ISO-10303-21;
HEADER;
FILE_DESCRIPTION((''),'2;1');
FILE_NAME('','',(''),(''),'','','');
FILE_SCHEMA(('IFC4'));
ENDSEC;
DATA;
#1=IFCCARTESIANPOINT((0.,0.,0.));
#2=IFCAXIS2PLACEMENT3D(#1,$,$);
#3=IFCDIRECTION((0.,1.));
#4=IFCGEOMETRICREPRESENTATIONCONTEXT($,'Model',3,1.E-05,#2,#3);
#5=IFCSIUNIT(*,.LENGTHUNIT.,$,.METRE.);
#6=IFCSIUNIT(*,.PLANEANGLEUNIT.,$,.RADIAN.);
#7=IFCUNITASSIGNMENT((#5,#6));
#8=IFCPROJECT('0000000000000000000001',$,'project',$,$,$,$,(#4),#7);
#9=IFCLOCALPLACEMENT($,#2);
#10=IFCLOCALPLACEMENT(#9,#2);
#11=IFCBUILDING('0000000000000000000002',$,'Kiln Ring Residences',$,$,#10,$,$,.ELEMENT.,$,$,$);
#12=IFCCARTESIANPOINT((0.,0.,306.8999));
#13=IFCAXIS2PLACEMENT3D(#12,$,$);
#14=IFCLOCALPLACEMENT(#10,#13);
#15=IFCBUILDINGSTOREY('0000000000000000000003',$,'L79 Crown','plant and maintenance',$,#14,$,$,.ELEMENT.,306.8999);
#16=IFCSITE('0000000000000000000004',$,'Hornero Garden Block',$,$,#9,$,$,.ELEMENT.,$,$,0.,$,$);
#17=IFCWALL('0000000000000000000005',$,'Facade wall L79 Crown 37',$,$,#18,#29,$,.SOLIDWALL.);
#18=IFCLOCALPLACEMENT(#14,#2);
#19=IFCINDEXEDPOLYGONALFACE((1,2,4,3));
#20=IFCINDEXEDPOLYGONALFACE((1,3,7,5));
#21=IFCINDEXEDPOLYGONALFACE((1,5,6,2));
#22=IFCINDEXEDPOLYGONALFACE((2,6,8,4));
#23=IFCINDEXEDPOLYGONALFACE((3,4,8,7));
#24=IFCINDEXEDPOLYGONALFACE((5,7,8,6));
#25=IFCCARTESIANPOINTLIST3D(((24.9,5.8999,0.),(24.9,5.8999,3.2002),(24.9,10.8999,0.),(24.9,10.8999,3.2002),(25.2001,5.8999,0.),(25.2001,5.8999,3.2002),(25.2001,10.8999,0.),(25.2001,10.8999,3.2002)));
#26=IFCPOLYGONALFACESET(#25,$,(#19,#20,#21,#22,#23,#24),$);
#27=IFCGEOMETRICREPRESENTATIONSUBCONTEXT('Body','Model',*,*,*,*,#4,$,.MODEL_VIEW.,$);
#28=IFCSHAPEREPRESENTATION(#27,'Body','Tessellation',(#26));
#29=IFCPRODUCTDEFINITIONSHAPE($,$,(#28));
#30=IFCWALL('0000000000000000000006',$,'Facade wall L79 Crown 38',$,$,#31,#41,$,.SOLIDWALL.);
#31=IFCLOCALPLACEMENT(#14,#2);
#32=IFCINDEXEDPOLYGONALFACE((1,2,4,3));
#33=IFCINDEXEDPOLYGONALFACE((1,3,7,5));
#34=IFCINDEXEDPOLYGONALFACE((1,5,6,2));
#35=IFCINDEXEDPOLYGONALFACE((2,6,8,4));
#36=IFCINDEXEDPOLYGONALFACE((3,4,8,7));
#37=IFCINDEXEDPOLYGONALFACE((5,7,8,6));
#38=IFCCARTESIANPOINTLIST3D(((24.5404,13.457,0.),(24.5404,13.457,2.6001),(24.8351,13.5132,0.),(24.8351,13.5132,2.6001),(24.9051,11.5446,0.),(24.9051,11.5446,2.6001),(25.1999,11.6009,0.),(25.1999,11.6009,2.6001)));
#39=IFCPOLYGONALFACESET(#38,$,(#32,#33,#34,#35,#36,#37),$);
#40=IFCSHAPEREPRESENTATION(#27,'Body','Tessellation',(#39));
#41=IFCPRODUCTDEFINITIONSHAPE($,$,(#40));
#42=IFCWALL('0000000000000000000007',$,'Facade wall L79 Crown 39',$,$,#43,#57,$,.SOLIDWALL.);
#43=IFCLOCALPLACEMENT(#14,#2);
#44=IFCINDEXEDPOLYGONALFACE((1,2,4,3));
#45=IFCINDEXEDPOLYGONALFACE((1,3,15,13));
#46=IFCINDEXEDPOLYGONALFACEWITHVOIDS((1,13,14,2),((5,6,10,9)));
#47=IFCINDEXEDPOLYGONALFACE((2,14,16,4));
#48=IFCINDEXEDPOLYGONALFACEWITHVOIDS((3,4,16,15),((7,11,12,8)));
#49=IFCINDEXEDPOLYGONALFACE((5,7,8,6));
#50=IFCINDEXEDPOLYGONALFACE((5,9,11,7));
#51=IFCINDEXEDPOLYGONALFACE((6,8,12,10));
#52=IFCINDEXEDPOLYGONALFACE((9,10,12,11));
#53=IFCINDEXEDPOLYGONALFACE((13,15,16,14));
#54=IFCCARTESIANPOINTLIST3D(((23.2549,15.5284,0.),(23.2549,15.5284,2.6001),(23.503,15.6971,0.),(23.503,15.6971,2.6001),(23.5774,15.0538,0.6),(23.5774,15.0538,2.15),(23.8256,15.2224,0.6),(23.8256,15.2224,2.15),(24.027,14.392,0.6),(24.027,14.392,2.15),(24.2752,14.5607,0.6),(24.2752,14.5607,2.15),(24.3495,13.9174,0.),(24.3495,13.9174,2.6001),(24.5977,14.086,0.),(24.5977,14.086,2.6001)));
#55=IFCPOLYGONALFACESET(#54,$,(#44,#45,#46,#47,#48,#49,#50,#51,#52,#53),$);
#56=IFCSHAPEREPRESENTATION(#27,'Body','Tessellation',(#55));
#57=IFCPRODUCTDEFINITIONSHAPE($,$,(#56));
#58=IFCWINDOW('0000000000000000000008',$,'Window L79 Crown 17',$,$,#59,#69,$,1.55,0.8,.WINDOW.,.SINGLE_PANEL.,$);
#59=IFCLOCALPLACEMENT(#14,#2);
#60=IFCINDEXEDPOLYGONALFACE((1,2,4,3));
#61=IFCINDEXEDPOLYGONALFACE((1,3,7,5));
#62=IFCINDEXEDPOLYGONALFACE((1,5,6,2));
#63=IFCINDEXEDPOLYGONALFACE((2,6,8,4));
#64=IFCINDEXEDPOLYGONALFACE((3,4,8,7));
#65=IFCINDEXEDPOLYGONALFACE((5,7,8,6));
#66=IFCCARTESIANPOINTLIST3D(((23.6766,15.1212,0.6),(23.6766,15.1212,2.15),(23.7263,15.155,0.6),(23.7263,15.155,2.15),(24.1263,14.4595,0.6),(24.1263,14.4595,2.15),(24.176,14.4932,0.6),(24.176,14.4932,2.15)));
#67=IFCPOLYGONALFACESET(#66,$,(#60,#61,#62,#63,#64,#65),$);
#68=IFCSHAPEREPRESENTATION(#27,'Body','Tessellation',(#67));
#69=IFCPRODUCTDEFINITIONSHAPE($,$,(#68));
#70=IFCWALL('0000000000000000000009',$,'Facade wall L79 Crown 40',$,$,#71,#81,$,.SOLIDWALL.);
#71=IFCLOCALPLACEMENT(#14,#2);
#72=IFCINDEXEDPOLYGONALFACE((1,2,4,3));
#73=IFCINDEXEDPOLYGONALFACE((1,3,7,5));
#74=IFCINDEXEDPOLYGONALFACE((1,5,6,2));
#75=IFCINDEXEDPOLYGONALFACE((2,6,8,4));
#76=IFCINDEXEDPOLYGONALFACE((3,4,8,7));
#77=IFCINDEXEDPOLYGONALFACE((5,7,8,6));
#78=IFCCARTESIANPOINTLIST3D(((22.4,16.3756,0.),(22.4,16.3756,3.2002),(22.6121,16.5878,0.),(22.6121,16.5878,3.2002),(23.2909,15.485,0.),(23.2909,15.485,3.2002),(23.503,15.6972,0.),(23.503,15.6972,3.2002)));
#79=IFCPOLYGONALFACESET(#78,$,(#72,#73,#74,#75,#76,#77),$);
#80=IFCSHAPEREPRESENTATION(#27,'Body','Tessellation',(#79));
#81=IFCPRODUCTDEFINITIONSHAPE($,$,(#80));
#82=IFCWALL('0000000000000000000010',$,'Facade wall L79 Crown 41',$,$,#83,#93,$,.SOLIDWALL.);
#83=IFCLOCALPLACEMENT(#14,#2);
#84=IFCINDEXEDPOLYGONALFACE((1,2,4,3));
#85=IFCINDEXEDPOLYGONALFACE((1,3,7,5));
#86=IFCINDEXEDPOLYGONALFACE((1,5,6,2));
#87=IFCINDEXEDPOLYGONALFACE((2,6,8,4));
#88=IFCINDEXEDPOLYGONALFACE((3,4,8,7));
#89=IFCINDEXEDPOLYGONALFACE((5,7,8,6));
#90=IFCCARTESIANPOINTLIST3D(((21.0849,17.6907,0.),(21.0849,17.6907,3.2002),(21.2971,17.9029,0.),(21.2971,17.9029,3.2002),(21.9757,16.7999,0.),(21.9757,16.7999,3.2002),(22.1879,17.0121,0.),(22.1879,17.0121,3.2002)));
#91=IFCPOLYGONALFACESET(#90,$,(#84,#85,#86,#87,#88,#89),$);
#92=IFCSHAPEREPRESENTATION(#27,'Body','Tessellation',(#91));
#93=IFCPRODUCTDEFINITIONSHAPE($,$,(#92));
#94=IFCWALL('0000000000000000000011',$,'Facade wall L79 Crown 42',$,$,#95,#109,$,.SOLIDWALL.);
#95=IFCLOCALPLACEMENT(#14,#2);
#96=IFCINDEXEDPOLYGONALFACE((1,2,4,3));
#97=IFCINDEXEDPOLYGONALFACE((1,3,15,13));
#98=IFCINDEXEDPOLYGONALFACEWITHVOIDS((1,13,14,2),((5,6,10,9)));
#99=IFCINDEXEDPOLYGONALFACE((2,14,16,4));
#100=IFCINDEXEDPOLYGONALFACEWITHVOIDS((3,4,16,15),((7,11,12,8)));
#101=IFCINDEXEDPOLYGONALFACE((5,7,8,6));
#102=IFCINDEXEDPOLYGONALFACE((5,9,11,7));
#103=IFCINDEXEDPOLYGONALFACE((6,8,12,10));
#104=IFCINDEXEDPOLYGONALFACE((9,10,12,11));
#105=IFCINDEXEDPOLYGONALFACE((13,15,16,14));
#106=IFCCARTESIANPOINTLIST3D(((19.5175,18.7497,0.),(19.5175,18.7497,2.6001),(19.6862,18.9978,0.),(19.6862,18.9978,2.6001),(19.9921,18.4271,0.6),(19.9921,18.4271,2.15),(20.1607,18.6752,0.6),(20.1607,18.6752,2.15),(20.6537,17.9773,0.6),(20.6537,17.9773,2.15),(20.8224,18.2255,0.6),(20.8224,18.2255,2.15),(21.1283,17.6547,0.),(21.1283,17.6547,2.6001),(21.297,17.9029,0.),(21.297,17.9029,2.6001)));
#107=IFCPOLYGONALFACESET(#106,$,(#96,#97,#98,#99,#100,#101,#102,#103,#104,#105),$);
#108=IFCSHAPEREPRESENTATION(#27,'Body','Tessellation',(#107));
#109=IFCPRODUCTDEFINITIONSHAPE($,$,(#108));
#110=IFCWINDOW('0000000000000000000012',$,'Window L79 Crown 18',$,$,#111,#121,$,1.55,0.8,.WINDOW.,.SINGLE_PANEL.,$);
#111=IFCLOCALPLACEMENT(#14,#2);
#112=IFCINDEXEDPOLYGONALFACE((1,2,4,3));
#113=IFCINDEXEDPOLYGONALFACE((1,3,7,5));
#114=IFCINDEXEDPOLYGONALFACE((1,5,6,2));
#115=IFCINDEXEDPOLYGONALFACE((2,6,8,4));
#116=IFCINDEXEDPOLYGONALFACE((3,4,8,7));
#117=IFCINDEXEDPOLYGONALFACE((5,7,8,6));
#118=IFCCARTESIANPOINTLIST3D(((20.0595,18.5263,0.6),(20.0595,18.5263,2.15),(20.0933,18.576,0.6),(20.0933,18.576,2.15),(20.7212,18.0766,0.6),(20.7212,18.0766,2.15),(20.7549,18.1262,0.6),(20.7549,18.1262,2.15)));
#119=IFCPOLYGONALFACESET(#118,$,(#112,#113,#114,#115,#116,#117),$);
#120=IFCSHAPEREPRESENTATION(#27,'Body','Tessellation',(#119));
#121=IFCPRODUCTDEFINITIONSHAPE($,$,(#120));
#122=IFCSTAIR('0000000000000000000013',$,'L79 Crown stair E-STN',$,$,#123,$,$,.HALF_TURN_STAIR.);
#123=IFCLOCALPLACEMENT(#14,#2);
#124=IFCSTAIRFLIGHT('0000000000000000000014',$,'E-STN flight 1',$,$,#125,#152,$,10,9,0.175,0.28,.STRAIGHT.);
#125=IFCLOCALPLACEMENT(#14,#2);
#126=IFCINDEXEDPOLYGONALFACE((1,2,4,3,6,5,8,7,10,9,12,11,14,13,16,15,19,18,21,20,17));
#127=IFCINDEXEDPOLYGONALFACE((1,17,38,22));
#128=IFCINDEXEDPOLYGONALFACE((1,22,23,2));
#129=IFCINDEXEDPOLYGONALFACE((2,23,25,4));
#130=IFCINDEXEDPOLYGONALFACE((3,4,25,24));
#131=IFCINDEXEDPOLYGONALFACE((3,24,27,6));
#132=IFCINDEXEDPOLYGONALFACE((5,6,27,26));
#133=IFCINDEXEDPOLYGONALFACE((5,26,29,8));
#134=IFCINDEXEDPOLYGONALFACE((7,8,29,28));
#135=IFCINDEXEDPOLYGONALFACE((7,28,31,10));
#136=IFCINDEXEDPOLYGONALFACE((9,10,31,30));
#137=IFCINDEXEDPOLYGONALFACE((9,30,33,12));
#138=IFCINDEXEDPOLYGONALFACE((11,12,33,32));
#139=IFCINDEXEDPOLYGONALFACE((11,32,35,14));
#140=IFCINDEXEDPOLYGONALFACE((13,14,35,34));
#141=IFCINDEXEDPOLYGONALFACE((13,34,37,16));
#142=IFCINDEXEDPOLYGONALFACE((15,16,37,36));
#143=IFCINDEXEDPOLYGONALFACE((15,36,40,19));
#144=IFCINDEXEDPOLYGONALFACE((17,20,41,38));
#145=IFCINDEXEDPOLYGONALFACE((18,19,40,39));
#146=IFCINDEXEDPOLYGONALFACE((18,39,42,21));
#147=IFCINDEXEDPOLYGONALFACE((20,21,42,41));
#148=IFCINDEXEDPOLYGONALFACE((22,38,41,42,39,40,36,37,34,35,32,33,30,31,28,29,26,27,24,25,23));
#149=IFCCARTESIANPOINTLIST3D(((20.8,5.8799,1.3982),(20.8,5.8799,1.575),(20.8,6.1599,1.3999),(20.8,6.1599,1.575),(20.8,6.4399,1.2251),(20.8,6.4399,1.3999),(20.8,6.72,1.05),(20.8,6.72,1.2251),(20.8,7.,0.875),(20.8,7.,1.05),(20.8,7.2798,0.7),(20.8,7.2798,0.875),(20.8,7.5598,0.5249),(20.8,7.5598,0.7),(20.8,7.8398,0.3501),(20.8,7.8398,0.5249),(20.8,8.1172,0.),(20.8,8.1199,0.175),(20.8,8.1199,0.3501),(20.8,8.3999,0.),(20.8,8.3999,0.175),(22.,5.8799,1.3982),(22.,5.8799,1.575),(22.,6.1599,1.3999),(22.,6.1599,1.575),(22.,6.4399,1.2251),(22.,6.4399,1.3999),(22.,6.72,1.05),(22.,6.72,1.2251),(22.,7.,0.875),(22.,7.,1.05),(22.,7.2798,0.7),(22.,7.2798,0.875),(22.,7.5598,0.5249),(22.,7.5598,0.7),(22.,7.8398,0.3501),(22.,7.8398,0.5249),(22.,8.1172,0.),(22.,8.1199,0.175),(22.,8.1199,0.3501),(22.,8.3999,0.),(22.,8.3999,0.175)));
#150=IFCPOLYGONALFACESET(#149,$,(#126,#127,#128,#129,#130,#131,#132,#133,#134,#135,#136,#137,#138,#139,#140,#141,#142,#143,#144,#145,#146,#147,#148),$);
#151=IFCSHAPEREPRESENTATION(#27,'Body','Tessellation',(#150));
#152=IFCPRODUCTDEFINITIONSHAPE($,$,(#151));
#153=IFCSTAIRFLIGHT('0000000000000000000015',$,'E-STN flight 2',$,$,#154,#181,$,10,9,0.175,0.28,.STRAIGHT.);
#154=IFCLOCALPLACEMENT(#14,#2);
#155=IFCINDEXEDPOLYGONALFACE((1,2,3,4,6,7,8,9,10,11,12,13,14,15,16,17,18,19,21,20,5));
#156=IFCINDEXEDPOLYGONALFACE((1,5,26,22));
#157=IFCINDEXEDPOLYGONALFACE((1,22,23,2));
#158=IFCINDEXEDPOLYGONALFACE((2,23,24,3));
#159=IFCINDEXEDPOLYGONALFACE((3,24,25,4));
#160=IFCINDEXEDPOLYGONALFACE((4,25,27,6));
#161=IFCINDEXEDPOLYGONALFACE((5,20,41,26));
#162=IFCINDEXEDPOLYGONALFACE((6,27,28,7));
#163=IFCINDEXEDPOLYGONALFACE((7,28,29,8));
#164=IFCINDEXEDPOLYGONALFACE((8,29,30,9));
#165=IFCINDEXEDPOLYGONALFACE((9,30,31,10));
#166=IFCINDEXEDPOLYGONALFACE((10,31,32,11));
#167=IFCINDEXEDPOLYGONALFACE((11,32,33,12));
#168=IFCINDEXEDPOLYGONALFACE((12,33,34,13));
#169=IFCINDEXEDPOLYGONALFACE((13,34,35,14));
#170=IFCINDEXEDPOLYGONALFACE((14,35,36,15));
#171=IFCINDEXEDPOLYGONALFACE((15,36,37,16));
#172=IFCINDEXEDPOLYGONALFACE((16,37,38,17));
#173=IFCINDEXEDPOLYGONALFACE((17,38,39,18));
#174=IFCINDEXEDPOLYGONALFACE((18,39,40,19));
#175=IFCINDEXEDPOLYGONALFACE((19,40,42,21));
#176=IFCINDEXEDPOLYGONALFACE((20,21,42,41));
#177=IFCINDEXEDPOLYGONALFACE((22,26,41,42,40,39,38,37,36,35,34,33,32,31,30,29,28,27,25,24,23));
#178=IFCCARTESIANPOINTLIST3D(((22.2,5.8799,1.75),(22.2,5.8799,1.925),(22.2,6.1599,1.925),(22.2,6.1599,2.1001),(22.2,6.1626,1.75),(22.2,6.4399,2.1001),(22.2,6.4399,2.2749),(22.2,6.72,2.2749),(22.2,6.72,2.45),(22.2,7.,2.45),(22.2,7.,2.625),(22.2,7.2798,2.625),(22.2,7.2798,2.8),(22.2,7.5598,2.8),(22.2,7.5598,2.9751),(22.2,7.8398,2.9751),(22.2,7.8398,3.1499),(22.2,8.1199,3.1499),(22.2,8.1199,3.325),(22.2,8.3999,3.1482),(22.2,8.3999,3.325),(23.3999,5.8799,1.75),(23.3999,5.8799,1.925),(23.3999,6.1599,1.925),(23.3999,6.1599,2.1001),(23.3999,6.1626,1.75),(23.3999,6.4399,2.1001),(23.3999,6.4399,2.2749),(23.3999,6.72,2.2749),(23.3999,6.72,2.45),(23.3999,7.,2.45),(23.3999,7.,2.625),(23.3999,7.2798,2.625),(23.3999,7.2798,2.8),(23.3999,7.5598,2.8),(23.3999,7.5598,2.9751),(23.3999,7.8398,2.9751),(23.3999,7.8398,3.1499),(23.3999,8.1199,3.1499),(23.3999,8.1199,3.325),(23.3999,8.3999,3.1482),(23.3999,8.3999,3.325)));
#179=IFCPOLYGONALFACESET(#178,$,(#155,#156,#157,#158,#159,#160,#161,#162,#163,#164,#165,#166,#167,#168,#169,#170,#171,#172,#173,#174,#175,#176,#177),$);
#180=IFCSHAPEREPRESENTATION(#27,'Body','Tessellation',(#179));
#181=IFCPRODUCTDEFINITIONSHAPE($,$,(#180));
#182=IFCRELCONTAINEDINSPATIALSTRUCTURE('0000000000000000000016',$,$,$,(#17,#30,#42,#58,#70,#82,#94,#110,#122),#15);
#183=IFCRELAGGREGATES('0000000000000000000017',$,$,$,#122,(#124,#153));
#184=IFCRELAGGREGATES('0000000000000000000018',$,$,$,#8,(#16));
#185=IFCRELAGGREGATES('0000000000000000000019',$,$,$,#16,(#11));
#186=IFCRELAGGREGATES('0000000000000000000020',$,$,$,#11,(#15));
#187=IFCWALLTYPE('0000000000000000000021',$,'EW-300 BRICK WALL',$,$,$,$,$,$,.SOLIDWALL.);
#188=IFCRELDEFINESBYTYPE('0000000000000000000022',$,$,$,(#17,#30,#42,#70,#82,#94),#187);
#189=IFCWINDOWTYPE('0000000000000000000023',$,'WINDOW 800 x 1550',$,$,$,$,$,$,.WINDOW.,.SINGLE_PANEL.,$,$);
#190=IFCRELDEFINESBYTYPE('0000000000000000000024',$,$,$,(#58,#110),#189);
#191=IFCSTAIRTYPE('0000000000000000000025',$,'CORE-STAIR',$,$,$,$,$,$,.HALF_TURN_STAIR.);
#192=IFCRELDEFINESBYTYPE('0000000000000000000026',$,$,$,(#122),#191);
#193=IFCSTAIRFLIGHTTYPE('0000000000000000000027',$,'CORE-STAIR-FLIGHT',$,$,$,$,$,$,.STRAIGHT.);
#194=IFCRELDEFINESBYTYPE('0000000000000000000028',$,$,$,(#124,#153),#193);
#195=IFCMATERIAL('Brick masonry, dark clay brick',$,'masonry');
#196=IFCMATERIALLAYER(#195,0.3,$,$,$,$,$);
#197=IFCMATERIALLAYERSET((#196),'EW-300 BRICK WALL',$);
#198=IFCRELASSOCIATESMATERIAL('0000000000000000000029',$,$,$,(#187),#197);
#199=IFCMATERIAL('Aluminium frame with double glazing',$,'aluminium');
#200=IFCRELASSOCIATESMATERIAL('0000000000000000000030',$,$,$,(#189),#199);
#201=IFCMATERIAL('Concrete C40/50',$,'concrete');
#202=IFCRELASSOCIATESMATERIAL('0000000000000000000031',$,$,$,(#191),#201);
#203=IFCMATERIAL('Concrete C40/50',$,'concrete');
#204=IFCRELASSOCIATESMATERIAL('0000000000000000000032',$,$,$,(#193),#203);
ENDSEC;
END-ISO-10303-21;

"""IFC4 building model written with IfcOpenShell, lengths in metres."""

from ifc_helpers import new_model, si_unit, direction, frame, frame_2d, origin, place, context, subcontext, project, spatial, polyline, rectangle, outline, extrude, material, layer, layer_set, type_object, element, fill, aggregate, save


model = new_model("IFC4")

# Units and contexts
model_context = context("Model", 3, precision=1e-05, world=origin(), true_north=direction((0.0, 1.0)))
body_context = subcontext(model_context, "Body", "Model", "MODEL_VIEW")
ifc_project = project(units=[si_unit("LENGTHUNIT", "METRE"), si_unit("PLANEANGLEUNIT", "RADIAN")], contexts=[model_context])

# Site, building, storey
site_placement = place(None, origin())
site = spatial("IfcSite", under=ifc_project, at=site_placement, Name="Hornero Garden Block", CompositionType="ELEMENT", RefElevation=0.0)
building_placement = place(site_placement, origin())
building = spatial("IfcBuilding", under=site, at=building_placement, Name="Kiln Ring Residences", CompositionType="ELEMENT")
storey_placement = place(building_placement, frame((0.0, 0.0, 306.8999)))
storey = spatial("IfcBuildingStorey", under=building, at=storey_placement, Name="L79 Crown", Description="plant and maintenance", CompositionType="ELEMENT", Elevation=306.8999)

# Walls
ifc_material_1 = material(Name="Brick masonry, dark clay brick", Category="masonry")
ifc_layer_1 = layer(ifc_material_1, 0.3)
ifc_layer_set_1 = layer_set([ifc_layer_1], Name="EW-300 BRICK WALL")
wall_type_1 = type_object("IfcWallType", Name="EW-300 BRICK WALL", PredefinedType="SOLIDWALL", material=ifc_layer_set_1)
wall_1_placement = place(storey_placement, frame((25.05, 5.8999, 0.0), z_axis=(0.0, 0.0, 1.0), x_axis=(0.0, 1.0, 0.0)))
element("IfcWall", 1, at=wall_1_placement, inside=storey, type_object=wall_type_1, Name="Facade wall L79 Crown 37", PredefinedType="SOLIDWALL", context=body_context, shape_type="SweptSolid", body=[
    extrude(rectangle(XDim=5.0, YDim=0.3, at=frame_2d((2.5, 0.0))), origin(), (0.0, 0.0, 1.0), 3.2002),
])
wall_2_placement = place(storey_placement, frame((25.0525, 11.5728, 0.0), z_axis=(0.0, 0.0, 1.0), x_axis=(-0.187354, 0.982292, 0.0)))
element("IfcWall", 2, at=wall_2_placement, inside=storey, type_object=wall_type_1, Name="Facade wall L79 Crown 38", PredefinedType="SOLIDWALL", context=body_context, shape_type="SweptSolid", body=[
    extrude(rectangle(XDim=1.9468, YDim=0.3, at=frame_2d((0.9734, 0.0))), origin(), (0.0, 0.0, 1.0), 2.6001),
])

# Wall, opening, window
wall_3_placement = place(storey_placement, frame((24.4736, 14.0017, 0.0), z_axis=(0.0, 0.0, 1.0), x_axis=(-0.562025, 0.82712, 0.0)))
wall_3 = element("IfcWall", 3, at=wall_3_placement, inside=storey, type_object=wall_type_1, Name="Facade wall L79 Crown 39", PredefinedType="SOLIDWALL", context=body_context, shape_type="SweptSolid", body=[
    extrude(rectangle(XDim=1.9478, YDim=0.3, at=frame_2d((0.9739, 0.0))), origin(), (0.0, 0.0, 1.0), 2.6001),
])
opening_1_placement = place(wall_3_placement, frame((0.574, 0.0, 0.6001)))
opening_1 = element("IfcOpeningElement", 4, at=opening_1_placement, cuts=wall_3, PredefinedType="OPENING", context=body_context, shape_type="SweptSolid", body=[
    extrude(rectangle(XDim=0.8, YDim=1.55, at=frame_2d((0.3999, 0.7749))), frame((0.0, 0.1599, 0.0), z_axis=(0.0, -1.0, 0.0), x_axis=(1.0, 0.0, 0.0)), (0.0, 0.0, 1.0), 0.3201),
])
ifc_material_2 = material(Name="Aluminium frame with double glazing", Category="aluminium")
window_type = type_object("IfcWindowType", Name="WINDOW 800 x 1550", PartitioningType="SINGLE_PANEL", PredefinedType="WINDOW", material=ifc_material_2)
window_1_placement = place(opening_1_placement, origin())
window_1 = element("IfcWindow", 5, at=window_1_placement, inside=storey, type_object=window_type, Name="Window L79 Crown 17", OverallHeight=1.55, OverallWidth=0.8, PartitioningType="SINGLE_PANEL", PredefinedType="WINDOW", context=body_context, shape_type="SweptSolid", body=[
    extrude(rectangle(XDim=0.8, YDim=1.55, at=frame_2d((0.3999, 0.7749))), frame((0.0, 0.03, 0.0), z_axis=(0.0, -1.0, 0.0), x_axis=(1.0, 0.0, 0.0)), (0.0, 0.0, 1.0), 0.0601),
])
fill(opening_1, window_1)

# Walls
for number, where, z_axis, x_axis, name in (
    (6, (23.397, 15.5911, 0.0), (0.0, 0.0, 1.0), (-0.707204, 0.70701, 0.0), "Facade wall L79 Crown 40"),
    (7, (22.0818, 16.906, 0.0), (0.0, 0.0, 1.0), (-0.707107, 0.707107, 0.0), "Facade wall L79 Crown 41"),
):
    element("IfcWall", number, at=place(storey_placement, frame(where, z_axis=z_axis, x_axis=x_axis)), inside=storey, type_object=wall_type_1, Name=name, PredefinedType="SOLIDWALL", context=body_context, shape_type="SweptSolid", body=[
        extrude(rectangle(XDim=1.2598, YDim=0.3, at=frame_2d((0.6299, 0.0))), origin(), (0.0, 0.0, 1.0), 3.2002),
    ])

# Wall, opening, window
wall_4_placement = place(storey_placement, frame((21.2126, 17.7788, 0.0), z_axis=(0.0, 0.0, 1.0), x_axis=(-0.827022, 0.562169, 0.0)))
wall_4 = element("IfcWall", 8, at=wall_4_placement, inside=storey, type_object=wall_type_1, Name="Facade wall L79 Crown 42", PredefinedType="SOLIDWALL", context=body_context, shape_type="SweptSolid", body=[
    extrude(rectangle(XDim=1.9478, YDim=0.3, at=frame_2d((0.9739, 0.0))), origin(), (0.0, 0.0, 1.0), 2.6001),
])
opening_2_placement = place(wall_4_placement, frame((0.574, 0.0, 0.6001)))
opening_2 = element("IfcOpeningElement", 9, at=opening_2_placement, cuts=wall_4, PredefinedType="OPENING", context=body_context, shape_type="SweptSolid", body=[
    extrude(rectangle(XDim=0.8, YDim=1.55, at=frame_2d((0.3999, 0.7749))), frame((0.0, 0.1599, 0.0), z_axis=(0.0, -1.0, 0.0), x_axis=(1.0, 0.0, 0.0)), (0.0, 0.0, 1.0), 0.3201),
])
window_2_placement = place(opening_2_placement, origin())
window_2 = element("IfcWindow", 10, at=window_2_placement, inside=storey, type_object=window_type, Name="Window L79 Crown 18", OverallHeight=1.55, OverallWidth=0.8, PartitioningType="SINGLE_PANEL", PredefinedType="WINDOW", context=body_context, shape_type="SweptSolid", body=[
    extrude(rectangle(XDim=0.8, YDim=1.55, at=frame_2d((0.3999, 0.7749))), frame((0.0, 0.03, 0.0), z_axis=(0.0, -1.0, 0.0), x_axis=(1.0, 0.0, 0.0)), (0.0, 0.0, 1.0), 0.0601),
])
fill(opening_2, window_2)

# Stair, stair flights
ifc_material_3 = material(Name="Concrete C40/50", Category="concrete")
stair_type = type_object("IfcStairType", Name="CORE-STAIR", PredefinedType="HALF_TURN_STAIR", material=ifc_material_3)
stair_placement = place(storey_placement, origin())
stair = element("IfcStair", 11, at=stair_placement, inside=storey, type_object=stair_type, Name="L79 Crown stair E-STN", PredefinedType="HALF_TURN_STAIR")
ifc_material_4 = material(Name="Concrete C40/50", Category="concrete")
stair_flight_type = type_object("IfcStairFlightType", Name="CORE-STAIR-FLIGHT", PredefinedType="STRAIGHT", material=ifc_material_4)
stair_flight_1_placement = place(storey_placement, frame((21.3999, 8.3999, 0.0), z_axis=(0.0, 0.0, 1.0), x_axis=(0.0, -1.0, 0.0)))
stair_flight_1 = element("IfcStairFlight", 12, at=stair_flight_1_placement, type_object=stair_flight_type, Name="E-STN flight 1", NumberOfRisers=10, NumberOfTreads=9, PredefinedType="STRAIGHT", RiserHeight=0.175, TreadLength=0.28, context=body_context, shape_type="SweptSolid", body=[
    extrude(outline(polyline([(0.0, 0.0), (0.0, 0.175), (0.28, 0.175), (0.28, 0.3501), (0.5601, 0.3501), (0.5601, 0.5249), (0.8401, 0.5249), (0.8401, 0.7), (1.1201, 0.7), (1.1201, 0.875), (1.3999, 0.875), (1.3999, 1.05), (1.6799, 1.05), (1.6799, 1.2251), (1.96, 1.2251), (1.96, 1.3999), (2.24, 1.3999), (2.24, 1.575), (2.52, 1.575), (2.52, 1.75), (2.52, 1.3982), (0.2827, 0.0), (0.0, 0.0)])), frame((0.0, 0.6001, 0.0), z_axis=(0.0, -1.0, 0.0), x_axis=(1.0, 0.0, 0.0)), (0.0, 0.0, 1.0), 1.2),
])
stair_flight_2_placement = place(storey_placement, frame((22.8, 5.8799, 1.75), z_axis=(0.0, 0.0, 1.0), x_axis=(0.0, 1.0, 0.0)))
stair_flight_2 = element("IfcStairFlight", 13, at=stair_flight_2_placement, type_object=stair_flight_type, Name="E-STN flight 2", NumberOfRisers=10, NumberOfTreads=9, PredefinedType="STRAIGHT", RiserHeight=0.175, TreadLength=0.28, context=body_context, shape_type="SweptSolid", body=[
    extrude(outline(polyline([(0.0, 0.0), (0.0, 0.175), (0.28, 0.175), (0.28, 0.3501), (0.5601, 0.3501), (0.5601, 0.5249), (0.8401, 0.5249), (0.8401, 0.7), (1.1201, 0.7), (1.1201, 0.875), (1.3999, 0.875), (1.3999, 1.05), (1.6799, 1.05), (1.6799, 1.2251), (1.96, 1.2251), (1.96, 1.3999), (2.24, 1.3999), (2.24, 1.575), (2.52, 1.575), (2.52, 1.75), (2.52, 1.3982), (0.2827, 0.0), (0.0, 0.0)])), frame((0.0, 0.6001, 0.0), z_axis=(0.0, -1.0, 0.0), x_axis=(1.0, 0.0, 0.0)), (0.0, 0.0, 1.0), 1.2),
])
aggregate(stair, [stair_flight_1, stair_flight_2])

save(model, "model.ifc")
